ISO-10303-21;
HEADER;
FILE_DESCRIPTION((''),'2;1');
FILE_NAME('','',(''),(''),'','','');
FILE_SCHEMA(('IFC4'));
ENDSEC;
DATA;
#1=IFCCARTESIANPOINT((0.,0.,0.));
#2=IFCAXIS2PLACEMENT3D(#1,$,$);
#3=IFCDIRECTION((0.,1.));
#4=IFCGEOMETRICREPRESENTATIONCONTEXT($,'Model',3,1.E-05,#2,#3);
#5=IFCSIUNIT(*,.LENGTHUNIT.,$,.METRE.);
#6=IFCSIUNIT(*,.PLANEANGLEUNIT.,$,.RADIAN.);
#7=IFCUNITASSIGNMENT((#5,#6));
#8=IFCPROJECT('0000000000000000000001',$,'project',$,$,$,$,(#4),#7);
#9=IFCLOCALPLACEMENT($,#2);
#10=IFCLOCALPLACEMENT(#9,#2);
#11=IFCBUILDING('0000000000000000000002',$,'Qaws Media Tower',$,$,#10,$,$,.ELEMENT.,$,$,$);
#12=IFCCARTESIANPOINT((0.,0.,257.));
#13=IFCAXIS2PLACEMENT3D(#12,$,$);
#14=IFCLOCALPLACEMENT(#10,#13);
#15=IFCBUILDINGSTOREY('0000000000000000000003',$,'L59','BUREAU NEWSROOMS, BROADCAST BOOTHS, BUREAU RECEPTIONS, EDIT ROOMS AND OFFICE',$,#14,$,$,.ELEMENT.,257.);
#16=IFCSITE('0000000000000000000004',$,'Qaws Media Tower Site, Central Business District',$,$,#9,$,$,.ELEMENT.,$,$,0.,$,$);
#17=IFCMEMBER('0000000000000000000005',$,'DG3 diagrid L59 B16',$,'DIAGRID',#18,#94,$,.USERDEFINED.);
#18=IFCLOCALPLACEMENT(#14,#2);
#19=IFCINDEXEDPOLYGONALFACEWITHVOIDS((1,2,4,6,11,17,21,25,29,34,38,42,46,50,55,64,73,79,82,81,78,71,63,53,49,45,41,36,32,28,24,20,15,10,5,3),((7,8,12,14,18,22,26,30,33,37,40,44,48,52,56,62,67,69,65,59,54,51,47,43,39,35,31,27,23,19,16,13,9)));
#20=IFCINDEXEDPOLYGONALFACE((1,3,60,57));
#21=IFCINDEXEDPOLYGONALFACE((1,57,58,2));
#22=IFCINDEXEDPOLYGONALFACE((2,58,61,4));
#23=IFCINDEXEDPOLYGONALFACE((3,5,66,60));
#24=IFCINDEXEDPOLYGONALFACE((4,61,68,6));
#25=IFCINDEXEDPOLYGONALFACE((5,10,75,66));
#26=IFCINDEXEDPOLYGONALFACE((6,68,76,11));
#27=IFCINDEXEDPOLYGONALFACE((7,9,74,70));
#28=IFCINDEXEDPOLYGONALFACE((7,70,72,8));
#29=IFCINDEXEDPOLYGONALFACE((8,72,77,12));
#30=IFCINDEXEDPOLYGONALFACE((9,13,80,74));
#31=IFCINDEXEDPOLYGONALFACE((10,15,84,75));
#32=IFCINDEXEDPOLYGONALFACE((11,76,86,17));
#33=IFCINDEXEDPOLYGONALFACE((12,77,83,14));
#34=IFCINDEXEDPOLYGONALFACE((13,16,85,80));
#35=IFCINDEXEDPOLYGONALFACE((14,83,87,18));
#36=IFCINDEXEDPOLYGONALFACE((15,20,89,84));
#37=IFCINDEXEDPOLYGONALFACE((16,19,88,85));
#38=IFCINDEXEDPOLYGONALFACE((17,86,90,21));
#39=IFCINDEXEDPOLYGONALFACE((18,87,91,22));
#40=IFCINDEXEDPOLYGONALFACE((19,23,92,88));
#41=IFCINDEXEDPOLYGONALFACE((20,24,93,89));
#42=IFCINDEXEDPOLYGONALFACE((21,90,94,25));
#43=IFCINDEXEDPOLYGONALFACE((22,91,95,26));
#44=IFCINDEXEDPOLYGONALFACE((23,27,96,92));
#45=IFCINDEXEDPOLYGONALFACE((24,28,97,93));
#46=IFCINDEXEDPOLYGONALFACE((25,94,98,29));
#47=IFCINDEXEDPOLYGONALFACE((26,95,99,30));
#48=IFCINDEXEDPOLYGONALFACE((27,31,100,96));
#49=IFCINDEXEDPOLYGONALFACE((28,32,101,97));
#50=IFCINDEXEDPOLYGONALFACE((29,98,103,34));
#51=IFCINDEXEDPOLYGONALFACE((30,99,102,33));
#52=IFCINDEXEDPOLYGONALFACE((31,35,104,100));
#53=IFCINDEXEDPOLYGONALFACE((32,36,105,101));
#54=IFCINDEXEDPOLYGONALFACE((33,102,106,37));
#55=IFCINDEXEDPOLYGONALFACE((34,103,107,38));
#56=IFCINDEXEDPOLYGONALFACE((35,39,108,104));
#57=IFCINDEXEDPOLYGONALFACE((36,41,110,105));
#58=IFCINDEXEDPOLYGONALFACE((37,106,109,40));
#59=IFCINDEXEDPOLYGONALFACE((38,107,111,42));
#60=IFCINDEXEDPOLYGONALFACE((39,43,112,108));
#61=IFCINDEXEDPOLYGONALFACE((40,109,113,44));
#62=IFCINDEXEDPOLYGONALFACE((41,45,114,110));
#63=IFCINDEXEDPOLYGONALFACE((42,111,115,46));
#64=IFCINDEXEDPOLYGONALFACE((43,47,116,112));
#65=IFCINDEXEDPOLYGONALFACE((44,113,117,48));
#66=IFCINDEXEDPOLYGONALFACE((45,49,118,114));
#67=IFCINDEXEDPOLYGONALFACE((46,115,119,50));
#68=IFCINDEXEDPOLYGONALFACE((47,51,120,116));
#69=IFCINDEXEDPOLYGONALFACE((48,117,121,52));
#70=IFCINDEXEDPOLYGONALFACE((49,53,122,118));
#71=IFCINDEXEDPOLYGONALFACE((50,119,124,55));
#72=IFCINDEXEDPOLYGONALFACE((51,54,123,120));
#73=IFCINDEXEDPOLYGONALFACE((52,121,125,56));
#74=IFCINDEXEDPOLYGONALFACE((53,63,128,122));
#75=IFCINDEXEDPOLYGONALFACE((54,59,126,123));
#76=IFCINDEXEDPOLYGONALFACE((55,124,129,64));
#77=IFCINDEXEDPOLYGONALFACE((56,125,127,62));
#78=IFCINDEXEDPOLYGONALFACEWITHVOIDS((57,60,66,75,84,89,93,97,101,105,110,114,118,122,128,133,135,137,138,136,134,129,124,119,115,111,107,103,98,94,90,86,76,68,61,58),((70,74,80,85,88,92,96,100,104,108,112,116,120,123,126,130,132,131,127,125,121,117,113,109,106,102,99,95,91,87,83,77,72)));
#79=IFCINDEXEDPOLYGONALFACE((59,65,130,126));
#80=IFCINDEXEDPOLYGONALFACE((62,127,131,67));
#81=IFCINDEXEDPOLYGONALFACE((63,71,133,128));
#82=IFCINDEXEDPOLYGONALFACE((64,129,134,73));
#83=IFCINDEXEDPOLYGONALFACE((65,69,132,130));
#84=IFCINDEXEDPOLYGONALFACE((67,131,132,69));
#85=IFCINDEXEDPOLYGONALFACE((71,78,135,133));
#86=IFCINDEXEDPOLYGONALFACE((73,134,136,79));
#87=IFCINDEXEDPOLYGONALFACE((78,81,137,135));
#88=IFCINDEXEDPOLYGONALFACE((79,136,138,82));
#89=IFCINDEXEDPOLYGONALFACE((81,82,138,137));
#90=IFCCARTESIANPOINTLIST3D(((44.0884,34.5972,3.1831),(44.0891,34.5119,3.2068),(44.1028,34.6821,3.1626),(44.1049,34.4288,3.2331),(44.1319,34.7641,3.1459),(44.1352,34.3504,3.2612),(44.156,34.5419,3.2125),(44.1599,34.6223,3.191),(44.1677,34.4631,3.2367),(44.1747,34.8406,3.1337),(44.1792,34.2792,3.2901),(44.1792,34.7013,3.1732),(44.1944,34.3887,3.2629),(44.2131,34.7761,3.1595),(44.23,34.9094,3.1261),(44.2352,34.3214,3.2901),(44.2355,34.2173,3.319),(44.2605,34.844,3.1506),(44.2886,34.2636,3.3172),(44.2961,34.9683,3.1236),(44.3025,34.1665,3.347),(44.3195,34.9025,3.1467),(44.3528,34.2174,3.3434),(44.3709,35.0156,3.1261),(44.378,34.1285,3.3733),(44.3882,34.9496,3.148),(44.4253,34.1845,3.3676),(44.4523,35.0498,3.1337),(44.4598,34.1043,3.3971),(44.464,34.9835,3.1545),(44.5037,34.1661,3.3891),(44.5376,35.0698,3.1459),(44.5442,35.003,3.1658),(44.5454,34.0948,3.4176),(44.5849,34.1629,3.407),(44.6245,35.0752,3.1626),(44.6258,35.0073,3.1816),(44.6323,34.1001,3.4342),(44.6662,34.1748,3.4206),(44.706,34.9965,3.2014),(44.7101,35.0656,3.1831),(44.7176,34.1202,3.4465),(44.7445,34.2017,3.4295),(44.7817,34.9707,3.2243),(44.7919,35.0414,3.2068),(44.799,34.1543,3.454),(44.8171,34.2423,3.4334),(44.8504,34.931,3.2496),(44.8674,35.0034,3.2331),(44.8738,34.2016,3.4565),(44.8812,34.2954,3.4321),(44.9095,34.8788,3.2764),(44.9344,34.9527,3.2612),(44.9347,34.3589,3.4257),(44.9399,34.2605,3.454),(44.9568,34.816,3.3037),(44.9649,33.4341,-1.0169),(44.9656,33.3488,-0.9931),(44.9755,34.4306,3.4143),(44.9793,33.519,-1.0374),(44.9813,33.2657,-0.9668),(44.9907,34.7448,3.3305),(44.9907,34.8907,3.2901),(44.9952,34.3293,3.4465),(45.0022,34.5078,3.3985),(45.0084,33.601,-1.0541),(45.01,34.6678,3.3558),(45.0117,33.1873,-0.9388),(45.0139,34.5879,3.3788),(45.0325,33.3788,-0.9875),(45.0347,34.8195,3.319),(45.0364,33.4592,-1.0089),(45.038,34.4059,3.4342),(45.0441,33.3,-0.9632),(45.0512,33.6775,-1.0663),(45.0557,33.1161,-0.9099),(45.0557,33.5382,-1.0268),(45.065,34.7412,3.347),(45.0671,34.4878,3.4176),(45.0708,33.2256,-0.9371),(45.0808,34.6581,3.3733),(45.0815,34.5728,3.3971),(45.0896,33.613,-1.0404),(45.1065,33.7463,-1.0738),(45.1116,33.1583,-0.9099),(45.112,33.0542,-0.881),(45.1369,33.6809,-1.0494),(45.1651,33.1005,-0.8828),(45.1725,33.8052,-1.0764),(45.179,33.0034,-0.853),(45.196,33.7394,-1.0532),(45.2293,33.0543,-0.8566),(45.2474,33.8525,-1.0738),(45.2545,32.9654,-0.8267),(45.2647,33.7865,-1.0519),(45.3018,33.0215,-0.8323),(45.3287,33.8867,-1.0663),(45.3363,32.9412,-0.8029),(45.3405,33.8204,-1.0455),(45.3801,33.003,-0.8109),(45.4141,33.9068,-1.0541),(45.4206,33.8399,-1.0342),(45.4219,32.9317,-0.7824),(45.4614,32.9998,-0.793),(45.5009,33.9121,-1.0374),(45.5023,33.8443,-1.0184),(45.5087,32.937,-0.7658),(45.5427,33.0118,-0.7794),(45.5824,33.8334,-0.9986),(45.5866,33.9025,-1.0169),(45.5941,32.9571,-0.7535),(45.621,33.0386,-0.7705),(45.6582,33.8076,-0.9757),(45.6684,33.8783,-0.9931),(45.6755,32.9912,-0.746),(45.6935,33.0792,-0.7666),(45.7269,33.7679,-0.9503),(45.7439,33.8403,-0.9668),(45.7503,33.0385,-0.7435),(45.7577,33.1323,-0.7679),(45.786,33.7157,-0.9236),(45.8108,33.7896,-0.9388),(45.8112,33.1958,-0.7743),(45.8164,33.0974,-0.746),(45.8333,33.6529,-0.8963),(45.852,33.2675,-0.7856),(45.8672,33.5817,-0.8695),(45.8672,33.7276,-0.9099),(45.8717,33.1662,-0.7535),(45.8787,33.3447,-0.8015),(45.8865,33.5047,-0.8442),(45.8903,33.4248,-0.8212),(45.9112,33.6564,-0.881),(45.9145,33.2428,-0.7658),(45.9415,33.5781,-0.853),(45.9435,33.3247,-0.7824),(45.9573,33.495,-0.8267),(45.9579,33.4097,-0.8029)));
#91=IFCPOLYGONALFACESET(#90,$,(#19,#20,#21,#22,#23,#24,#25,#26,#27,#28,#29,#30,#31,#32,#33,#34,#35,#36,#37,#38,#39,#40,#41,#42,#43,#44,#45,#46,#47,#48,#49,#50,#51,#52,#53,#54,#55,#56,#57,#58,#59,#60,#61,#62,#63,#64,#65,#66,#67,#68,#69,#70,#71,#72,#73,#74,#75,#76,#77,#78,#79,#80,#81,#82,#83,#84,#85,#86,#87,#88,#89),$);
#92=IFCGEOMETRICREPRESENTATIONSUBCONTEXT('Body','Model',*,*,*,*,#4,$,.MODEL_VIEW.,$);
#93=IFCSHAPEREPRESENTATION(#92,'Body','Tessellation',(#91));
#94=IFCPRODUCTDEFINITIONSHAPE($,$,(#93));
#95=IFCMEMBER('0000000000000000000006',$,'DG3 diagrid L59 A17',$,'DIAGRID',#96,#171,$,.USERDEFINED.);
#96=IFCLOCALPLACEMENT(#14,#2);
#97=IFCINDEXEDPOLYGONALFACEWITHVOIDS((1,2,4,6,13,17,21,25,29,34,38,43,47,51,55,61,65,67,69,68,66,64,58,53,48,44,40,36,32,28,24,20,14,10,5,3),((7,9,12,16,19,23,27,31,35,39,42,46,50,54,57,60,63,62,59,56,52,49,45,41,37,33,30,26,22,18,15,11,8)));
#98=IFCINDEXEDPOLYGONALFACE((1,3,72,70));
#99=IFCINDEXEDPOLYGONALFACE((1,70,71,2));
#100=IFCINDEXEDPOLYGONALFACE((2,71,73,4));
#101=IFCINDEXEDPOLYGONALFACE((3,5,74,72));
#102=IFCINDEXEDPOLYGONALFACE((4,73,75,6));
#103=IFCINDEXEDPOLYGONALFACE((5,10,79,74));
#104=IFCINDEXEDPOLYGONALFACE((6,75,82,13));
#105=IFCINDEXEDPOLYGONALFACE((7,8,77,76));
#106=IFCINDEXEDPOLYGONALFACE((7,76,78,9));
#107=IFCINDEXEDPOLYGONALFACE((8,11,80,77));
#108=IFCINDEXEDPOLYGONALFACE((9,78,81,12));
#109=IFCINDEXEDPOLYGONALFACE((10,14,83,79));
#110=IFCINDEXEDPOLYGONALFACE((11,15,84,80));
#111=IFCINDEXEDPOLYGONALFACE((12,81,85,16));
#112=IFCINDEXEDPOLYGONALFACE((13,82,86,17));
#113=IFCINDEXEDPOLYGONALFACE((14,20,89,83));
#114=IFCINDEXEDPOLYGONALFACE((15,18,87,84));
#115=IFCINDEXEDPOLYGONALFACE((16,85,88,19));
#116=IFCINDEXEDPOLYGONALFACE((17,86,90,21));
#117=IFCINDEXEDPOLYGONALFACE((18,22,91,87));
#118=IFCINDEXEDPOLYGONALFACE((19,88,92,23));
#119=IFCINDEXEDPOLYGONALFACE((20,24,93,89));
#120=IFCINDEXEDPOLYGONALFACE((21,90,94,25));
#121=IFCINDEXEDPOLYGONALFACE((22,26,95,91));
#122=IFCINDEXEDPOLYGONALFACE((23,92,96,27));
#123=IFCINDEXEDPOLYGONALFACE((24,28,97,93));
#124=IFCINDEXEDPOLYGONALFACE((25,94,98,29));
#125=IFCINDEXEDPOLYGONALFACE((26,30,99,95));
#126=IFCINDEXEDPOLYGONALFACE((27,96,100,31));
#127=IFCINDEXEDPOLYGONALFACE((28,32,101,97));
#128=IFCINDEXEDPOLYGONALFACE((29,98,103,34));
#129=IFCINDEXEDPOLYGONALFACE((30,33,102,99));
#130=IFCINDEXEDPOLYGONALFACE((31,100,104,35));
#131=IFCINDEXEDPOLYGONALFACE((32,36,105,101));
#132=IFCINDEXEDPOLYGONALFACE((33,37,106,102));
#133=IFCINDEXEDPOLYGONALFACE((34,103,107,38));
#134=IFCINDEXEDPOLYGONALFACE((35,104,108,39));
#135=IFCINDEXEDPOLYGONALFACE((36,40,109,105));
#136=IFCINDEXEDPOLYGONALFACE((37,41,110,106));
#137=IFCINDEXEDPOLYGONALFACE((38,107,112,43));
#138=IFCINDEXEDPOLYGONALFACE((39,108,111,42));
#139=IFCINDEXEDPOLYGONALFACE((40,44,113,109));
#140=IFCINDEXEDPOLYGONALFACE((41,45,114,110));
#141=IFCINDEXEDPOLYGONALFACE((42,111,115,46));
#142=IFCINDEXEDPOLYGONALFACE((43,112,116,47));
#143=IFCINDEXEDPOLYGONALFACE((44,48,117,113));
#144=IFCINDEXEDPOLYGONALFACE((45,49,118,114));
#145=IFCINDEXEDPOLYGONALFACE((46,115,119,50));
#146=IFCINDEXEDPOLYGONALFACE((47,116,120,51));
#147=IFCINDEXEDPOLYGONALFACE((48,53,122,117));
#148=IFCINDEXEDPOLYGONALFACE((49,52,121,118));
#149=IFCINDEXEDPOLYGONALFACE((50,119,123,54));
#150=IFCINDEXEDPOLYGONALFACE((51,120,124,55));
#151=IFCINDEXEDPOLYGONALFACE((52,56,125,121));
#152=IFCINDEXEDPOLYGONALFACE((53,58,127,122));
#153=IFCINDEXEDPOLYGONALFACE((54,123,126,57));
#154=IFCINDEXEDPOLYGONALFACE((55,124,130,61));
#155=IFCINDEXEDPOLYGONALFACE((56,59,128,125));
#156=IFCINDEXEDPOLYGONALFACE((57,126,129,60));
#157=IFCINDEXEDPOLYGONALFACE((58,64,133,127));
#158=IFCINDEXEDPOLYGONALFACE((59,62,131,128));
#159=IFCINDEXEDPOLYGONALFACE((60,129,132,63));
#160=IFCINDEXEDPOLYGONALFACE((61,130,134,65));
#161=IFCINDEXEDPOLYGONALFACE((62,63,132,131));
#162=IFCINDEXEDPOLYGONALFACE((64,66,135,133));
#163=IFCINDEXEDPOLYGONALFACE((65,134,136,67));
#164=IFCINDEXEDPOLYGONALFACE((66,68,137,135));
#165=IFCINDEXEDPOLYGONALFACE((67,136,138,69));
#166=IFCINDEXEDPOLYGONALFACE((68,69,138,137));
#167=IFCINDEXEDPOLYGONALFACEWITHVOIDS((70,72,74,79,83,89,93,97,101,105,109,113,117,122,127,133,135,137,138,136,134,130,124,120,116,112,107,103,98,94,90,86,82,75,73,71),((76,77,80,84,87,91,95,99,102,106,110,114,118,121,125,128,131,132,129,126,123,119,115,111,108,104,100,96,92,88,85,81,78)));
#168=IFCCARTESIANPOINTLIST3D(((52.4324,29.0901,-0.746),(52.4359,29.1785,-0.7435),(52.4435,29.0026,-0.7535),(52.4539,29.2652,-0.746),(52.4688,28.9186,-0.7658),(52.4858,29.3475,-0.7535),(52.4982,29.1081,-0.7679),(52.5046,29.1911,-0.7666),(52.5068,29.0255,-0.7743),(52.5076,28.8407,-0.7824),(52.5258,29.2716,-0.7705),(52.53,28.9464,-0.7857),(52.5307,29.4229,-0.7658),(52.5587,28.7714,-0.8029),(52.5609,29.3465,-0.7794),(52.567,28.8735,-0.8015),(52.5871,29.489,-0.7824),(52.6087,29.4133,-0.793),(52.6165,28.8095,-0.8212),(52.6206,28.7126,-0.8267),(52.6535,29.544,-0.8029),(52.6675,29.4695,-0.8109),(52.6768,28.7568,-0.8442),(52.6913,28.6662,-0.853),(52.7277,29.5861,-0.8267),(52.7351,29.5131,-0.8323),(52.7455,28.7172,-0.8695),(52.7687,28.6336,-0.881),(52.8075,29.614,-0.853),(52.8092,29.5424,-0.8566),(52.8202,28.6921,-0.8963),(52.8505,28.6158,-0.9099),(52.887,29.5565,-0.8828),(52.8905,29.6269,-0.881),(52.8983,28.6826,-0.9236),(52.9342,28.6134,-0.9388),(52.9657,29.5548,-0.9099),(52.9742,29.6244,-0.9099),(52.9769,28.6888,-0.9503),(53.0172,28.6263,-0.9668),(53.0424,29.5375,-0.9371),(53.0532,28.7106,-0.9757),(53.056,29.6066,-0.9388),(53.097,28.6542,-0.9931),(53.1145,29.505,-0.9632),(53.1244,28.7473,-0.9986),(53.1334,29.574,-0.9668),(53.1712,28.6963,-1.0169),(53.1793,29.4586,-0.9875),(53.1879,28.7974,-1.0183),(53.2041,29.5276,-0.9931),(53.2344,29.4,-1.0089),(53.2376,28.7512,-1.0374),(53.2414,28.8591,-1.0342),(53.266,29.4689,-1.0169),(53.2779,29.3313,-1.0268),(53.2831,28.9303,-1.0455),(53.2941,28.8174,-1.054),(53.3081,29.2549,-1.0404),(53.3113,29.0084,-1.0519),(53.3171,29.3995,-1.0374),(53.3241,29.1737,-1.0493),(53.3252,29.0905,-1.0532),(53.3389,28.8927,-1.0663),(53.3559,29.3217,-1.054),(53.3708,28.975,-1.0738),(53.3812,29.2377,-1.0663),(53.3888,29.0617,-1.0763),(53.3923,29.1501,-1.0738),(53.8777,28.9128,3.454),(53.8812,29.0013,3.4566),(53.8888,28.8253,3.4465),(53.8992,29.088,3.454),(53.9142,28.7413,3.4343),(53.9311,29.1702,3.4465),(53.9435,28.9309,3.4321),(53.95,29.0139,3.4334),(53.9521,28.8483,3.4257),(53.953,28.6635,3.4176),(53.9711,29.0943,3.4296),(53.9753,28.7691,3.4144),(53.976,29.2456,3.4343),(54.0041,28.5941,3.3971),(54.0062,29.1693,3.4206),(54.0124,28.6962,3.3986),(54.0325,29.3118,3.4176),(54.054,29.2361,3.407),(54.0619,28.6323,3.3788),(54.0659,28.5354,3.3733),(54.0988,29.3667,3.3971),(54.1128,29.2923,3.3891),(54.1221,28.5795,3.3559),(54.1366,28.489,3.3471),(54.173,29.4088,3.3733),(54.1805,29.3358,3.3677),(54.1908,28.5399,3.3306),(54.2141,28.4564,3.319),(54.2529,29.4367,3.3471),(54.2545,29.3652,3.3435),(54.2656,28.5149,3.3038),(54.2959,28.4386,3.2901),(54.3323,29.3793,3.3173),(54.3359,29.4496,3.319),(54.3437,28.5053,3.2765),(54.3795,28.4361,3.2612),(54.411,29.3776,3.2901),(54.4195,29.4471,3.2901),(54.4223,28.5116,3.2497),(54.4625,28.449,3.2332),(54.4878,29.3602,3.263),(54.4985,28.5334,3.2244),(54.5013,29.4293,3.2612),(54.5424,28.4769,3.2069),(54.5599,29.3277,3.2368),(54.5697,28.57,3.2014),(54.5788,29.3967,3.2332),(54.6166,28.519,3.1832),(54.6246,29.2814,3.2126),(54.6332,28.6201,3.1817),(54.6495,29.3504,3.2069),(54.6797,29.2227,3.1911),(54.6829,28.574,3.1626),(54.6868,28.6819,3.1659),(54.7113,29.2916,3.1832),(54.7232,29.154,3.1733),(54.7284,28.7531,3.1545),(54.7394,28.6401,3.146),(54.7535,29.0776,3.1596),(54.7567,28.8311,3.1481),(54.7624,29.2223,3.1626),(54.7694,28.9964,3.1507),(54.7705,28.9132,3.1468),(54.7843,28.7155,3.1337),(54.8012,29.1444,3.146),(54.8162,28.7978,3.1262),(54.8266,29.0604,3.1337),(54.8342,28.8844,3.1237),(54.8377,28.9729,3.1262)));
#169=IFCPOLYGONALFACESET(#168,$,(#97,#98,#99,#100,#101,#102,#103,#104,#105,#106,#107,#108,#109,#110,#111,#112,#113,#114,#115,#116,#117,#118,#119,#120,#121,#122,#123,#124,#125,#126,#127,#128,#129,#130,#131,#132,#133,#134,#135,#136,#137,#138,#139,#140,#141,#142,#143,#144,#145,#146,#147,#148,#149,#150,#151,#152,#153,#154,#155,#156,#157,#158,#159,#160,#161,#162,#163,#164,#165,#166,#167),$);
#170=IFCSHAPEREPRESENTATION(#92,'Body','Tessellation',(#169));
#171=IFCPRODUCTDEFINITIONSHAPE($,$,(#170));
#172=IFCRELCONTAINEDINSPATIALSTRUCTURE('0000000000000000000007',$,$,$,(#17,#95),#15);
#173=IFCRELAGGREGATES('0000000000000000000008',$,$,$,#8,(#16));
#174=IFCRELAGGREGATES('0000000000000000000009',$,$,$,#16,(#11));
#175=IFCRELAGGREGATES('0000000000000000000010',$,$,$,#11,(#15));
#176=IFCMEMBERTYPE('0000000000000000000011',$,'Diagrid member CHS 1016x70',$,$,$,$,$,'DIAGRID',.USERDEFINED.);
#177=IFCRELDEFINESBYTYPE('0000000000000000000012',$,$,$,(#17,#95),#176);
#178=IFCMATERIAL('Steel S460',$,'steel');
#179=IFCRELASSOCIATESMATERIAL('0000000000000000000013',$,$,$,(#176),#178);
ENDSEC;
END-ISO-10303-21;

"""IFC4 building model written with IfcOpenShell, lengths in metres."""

from ifc_helpers import new_model, si_unit, direction, frame, origin, origin_2d, place, context, subcontext, project, spatial, hollow_circle, extrude, material, material_profile, profile_set, type_object, element, save


model = new_model("IFC4")

# Units and contexts
model_context = context("Model", 3, precision=1e-05, world=origin(), true_north=direction((0.0, 1.0)))
body_context = subcontext(model_context, "Body", "Model", "MODEL_VIEW")
ifc_project = project(units=[si_unit("LENGTHUNIT", "METRE"), si_unit("PLANEANGLEUNIT", "RADIAN")], contexts=[model_context])

# Site, building, storey
site_placement = place(None, origin())
site = spatial("IfcSite", under=ifc_project, at=site_placement, Name="Qaws Media Tower Site, Central Business District", CompositionType="ELEMENT", RefElevation=0.0)
building_placement = place(site_placement, origin())
building = spatial("IfcBuilding", under=site, at=building_placement, Name="Qaws Media Tower", CompositionType="ELEMENT")
storey_placement = place(building_placement, frame((0.0, 0.0, 257.0)))
storey = spatial("IfcBuildingStorey", under=building, at=storey_placement, Name="L59", Description="BUREAU NEWSROOMS, BROADCAST BOOTHS, BUREAU RECEPTIONS, EDIT ROOMS AND OFFICE", CompositionType="ELEMENT", Elevation=257.0)

# Members
ifc_material_1 = material(Name="Steel S460", Category="steel")
ifc_material_profile_1 = material_profile(ifc_material_1, hollow_circle(Radius=0.5081, WallThickness=0.0701, at=origin_2d()), Name="CHS 1016x70")
ifc_profile_set_1 = profile_set([ifc_material_profile_1], Name="Steel S460")
member_type_1 = type_object("IfcMemberType", Name="Diagrid member CHS 1016x70", ElementType="DIAGRID", PredefinedType="USERDEFINED", material=ifc_profile_set_1)
for number, where, z_axis, x_axis, name in (
    (1, (45.4614, 33.4219, -0.9099), (-0.197167, 0.261645, 0.944811), (-0.79863, -0.601822, 0.0), "DG3 diagrid L59 B16"),
    (2, (52.9124, 29.1201, -0.9099), (0.325139, -0.039873, 0.944825), (0.121723, 0.992564, 0.0), "DG3 diagrid L59 A17"),
):
    element("IfcMember", number, at=place(storey_placement, frame(where, z_axis=z_axis, x_axis=x_axis)), inside=storey, type_object=member_type_1, Name=name, ObjectType="DIAGRID", PredefinedType="USERDEFINED", context=body_context, shape_type="SweptSolid", body=[
        extrude(hollow_circle(Radius=0.5081, WallThickness=0.0701, at=origin_2d()), origin(), (0.0, 0.0, 1.0), 4.4453),
    ])

save(model, "model.ifc")
